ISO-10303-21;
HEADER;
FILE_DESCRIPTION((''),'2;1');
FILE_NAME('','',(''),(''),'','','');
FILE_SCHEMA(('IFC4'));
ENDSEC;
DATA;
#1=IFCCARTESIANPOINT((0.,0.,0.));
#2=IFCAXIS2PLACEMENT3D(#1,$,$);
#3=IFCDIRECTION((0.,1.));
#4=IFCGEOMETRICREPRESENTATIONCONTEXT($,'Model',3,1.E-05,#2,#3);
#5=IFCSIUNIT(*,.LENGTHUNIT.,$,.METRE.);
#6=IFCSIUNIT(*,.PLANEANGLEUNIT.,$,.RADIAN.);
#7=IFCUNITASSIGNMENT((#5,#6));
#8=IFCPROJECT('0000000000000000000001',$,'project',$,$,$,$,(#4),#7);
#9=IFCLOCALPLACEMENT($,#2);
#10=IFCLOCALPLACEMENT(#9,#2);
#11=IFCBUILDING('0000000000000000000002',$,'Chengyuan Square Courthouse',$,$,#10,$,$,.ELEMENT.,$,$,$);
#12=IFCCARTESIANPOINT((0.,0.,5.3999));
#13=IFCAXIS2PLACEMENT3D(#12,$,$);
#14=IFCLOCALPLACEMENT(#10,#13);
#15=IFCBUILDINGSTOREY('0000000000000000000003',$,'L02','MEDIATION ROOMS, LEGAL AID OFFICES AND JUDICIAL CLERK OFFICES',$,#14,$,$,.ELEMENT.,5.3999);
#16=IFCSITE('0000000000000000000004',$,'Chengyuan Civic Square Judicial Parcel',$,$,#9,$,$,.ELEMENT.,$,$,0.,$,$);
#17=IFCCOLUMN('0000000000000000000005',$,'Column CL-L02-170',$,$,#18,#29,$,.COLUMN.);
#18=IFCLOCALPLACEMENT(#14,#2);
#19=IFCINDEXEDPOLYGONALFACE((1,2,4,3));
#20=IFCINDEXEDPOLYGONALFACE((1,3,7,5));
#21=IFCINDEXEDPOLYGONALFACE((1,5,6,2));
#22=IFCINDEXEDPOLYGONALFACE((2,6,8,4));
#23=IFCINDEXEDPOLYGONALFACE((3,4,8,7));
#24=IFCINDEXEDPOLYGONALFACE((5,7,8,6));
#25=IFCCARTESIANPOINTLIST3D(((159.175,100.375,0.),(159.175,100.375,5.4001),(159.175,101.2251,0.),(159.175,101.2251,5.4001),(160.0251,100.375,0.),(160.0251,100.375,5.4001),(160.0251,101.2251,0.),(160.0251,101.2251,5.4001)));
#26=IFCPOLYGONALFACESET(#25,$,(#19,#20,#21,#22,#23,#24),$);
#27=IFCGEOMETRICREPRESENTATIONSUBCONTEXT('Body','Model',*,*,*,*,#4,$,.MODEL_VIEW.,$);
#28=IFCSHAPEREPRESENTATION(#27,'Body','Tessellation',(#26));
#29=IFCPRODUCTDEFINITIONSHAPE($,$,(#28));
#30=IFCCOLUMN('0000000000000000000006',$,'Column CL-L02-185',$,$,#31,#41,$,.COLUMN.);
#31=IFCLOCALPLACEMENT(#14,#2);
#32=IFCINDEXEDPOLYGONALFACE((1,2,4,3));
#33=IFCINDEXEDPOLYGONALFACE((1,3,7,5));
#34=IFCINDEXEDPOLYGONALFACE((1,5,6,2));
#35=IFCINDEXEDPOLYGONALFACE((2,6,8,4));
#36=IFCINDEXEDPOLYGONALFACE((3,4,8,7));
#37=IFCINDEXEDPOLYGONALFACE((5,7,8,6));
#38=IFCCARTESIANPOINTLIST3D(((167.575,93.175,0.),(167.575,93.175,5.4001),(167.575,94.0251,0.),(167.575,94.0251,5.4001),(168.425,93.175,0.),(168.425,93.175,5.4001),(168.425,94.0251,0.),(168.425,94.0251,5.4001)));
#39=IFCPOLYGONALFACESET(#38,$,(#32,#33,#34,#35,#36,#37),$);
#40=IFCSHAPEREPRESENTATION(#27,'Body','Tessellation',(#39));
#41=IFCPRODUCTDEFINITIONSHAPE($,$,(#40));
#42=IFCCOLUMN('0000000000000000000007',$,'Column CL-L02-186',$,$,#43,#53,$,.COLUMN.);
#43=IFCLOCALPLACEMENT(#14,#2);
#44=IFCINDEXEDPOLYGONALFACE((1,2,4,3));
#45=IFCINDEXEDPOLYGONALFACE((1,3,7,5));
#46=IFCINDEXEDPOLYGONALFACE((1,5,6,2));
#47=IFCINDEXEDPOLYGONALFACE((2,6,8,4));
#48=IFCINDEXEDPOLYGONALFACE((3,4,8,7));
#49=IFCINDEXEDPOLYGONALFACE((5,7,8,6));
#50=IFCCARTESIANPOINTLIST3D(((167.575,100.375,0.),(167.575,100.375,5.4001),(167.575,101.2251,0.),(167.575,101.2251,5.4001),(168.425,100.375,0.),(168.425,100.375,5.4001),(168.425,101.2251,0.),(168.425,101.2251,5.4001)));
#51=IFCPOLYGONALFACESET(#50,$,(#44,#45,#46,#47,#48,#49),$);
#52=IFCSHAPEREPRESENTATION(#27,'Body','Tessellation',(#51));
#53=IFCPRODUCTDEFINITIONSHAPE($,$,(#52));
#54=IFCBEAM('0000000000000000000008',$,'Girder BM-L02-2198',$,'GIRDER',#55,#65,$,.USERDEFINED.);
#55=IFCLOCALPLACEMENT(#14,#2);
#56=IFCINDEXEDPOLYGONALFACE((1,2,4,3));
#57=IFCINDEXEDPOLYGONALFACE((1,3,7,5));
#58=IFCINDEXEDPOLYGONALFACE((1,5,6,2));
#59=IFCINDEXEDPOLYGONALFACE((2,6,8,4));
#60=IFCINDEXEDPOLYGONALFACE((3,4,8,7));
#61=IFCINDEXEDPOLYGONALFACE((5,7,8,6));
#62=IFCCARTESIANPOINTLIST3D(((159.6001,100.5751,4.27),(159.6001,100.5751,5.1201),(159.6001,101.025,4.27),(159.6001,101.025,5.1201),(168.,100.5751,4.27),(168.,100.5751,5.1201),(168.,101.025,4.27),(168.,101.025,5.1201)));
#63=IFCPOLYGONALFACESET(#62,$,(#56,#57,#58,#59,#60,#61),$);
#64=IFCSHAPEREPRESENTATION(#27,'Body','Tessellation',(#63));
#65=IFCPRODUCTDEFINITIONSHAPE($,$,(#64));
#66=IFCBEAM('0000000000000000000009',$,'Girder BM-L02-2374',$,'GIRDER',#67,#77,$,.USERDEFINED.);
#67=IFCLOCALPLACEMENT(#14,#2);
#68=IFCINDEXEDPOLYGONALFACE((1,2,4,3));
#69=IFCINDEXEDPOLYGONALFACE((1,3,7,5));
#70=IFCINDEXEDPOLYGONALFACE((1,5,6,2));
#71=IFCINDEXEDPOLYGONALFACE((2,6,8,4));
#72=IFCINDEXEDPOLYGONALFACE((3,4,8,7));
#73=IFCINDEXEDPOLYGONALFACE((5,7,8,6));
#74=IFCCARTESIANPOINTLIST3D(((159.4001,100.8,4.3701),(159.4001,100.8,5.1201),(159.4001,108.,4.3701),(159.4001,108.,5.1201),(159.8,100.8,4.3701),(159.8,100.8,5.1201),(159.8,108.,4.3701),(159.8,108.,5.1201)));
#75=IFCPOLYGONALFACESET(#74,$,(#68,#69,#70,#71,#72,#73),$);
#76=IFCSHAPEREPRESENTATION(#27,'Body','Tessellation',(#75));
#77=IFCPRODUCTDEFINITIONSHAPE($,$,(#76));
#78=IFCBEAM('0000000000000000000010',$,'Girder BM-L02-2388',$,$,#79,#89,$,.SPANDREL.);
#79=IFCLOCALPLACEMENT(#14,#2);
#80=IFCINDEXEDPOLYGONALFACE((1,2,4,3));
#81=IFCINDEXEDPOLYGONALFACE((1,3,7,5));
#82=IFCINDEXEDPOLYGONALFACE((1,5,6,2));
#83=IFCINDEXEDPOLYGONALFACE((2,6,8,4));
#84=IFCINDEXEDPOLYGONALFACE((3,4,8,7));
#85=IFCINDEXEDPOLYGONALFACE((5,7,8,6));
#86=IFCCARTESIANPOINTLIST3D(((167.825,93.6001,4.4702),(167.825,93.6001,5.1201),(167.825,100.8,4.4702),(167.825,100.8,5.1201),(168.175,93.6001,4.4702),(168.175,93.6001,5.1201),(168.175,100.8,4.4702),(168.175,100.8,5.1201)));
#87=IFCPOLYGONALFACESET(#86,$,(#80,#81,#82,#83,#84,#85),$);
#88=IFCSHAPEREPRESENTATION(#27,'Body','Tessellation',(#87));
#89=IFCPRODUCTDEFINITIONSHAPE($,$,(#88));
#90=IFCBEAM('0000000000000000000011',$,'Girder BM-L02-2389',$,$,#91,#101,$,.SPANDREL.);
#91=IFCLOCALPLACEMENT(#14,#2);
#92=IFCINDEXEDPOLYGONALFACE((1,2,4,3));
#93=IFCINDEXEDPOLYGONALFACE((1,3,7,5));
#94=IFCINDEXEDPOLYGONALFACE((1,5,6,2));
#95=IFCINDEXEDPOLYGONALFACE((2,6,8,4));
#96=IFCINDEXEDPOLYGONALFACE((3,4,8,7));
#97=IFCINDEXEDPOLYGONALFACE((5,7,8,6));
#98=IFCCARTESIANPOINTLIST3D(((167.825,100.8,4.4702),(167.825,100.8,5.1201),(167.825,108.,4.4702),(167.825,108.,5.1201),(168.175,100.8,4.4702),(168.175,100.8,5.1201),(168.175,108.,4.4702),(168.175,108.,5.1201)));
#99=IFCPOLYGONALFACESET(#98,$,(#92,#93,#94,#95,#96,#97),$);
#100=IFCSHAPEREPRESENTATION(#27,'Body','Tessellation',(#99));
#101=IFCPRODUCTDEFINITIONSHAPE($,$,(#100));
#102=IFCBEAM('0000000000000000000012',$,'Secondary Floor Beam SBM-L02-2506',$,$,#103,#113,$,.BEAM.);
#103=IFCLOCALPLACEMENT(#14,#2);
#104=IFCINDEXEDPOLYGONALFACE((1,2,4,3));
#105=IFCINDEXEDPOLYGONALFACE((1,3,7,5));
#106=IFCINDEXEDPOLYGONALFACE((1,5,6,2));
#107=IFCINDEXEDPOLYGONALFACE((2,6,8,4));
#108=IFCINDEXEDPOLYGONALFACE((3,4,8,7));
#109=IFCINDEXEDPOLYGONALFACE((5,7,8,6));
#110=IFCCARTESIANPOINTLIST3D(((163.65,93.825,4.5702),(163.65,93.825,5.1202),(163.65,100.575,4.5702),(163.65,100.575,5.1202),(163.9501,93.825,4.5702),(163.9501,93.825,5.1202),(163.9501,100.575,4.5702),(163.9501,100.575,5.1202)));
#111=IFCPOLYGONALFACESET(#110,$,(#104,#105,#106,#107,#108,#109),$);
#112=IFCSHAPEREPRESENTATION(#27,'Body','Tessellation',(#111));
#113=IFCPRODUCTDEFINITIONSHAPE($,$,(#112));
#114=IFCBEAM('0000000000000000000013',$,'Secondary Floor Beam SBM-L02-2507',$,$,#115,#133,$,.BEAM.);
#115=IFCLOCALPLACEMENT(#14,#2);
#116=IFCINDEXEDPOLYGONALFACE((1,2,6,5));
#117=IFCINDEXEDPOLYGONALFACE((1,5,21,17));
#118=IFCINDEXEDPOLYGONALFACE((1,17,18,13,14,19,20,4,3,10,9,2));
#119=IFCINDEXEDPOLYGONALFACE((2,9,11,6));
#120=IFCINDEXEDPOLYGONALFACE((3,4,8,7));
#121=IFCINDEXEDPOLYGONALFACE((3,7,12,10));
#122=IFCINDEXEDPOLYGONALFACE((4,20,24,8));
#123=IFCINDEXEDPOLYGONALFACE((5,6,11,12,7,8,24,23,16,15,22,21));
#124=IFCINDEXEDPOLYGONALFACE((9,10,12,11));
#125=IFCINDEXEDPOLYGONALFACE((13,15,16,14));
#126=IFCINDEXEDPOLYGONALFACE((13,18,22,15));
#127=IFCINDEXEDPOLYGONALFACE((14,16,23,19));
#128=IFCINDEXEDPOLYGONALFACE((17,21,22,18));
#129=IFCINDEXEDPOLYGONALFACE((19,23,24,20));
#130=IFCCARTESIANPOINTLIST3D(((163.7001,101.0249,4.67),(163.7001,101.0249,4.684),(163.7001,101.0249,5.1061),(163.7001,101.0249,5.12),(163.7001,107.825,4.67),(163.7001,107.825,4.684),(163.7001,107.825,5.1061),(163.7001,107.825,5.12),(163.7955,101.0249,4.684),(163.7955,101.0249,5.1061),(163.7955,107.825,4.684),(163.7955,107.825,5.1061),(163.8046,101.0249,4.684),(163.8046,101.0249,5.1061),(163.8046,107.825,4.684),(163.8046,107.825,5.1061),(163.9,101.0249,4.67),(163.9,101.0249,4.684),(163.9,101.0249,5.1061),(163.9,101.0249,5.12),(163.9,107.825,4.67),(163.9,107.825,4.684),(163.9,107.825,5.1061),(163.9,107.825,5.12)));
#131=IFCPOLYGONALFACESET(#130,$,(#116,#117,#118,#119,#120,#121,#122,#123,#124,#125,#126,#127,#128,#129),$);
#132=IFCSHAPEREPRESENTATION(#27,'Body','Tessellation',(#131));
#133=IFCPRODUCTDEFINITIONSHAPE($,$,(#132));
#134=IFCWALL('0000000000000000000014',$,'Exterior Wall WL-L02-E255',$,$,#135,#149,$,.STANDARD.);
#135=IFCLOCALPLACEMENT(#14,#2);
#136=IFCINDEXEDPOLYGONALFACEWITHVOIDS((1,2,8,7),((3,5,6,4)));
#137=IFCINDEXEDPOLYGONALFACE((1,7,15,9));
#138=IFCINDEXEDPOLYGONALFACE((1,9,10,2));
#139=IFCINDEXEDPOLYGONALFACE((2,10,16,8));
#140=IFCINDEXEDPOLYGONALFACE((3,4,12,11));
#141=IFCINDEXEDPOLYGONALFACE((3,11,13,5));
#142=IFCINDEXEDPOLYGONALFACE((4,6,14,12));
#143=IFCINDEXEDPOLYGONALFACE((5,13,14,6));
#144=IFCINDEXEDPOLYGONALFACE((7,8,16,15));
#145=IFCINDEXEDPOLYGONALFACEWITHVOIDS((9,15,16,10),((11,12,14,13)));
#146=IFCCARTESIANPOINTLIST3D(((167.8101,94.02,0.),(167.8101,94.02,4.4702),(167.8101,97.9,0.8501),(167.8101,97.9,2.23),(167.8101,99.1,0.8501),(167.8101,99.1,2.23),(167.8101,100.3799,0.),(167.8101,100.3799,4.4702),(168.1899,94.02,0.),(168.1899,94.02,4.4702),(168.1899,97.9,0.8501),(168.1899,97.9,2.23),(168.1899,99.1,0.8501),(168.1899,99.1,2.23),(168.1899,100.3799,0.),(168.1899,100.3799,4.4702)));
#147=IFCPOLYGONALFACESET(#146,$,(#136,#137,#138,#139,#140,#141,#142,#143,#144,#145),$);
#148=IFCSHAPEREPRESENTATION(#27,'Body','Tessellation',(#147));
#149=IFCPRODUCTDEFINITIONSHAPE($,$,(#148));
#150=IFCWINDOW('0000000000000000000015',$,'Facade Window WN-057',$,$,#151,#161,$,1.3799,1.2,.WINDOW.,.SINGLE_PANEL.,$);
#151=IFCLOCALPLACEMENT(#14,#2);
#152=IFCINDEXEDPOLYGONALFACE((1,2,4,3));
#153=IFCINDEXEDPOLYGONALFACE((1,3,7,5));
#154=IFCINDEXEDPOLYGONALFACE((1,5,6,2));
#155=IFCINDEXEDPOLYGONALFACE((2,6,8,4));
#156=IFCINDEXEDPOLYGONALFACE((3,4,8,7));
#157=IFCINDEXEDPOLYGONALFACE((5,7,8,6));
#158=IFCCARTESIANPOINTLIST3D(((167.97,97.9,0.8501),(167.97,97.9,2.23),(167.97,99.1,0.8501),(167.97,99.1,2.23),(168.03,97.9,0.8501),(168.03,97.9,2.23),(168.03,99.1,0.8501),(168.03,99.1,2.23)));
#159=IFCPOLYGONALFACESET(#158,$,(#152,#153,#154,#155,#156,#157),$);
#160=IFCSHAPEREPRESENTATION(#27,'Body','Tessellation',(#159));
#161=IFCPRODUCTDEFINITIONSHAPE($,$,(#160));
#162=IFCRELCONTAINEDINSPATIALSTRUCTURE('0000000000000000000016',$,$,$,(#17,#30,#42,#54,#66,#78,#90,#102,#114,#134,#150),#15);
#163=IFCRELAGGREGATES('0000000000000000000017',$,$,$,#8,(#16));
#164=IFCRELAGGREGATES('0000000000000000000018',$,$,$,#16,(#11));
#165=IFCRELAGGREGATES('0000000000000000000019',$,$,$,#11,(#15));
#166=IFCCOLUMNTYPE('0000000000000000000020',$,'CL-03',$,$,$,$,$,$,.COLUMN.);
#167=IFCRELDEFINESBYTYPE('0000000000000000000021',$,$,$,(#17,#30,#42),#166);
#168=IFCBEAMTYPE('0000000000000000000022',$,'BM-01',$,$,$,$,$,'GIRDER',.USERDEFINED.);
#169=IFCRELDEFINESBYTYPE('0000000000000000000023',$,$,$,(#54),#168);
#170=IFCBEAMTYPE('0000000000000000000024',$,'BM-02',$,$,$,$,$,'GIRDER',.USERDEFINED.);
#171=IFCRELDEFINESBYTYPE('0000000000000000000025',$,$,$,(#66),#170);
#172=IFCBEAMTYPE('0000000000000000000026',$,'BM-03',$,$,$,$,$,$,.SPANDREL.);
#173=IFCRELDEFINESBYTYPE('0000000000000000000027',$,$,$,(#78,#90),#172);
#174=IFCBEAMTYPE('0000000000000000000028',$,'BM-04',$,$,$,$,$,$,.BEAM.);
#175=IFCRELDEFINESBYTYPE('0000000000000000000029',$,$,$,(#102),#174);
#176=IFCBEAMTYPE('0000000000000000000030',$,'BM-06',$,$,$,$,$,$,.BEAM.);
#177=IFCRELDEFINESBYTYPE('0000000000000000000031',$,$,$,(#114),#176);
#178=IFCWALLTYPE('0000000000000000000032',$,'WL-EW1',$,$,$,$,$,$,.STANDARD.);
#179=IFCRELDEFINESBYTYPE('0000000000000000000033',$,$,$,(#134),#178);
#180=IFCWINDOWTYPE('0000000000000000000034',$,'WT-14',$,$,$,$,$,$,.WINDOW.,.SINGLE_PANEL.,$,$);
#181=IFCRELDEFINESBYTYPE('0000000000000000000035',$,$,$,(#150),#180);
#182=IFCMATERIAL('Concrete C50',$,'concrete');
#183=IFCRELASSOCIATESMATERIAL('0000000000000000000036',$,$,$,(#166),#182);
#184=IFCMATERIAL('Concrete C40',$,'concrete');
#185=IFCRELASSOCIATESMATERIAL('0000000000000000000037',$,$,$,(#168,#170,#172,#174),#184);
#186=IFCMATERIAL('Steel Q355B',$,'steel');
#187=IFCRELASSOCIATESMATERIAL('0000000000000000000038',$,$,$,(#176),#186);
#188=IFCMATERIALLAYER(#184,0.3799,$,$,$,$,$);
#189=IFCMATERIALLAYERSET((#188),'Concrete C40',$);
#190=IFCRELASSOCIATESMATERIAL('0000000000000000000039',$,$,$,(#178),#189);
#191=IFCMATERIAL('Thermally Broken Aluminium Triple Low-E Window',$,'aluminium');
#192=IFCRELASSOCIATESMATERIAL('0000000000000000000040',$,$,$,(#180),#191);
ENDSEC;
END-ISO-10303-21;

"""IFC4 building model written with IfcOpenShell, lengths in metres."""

from ifc_helpers import new_model, si_unit, direction, frame, frame_2d, origin, origin_2d, place, context, subcontext, project, spatial, rectangle, i_section, extrude, material, layer, layer_set, material_profile, profile_set, type_object, element, fill, save


model = new_model("IFC4")

# Units and contexts
model_context = context("Model", 3, precision=1e-05, world=origin(), true_north=direction((0.0, 1.0)))
body_context = subcontext(model_context, "Body", "Model", "MODEL_VIEW")
ifc_project = project(units=[si_unit("LENGTHUNIT", "METRE"), si_unit("PLANEANGLEUNIT", "RADIAN")], contexts=[model_context])

# Site, building, storey
site_placement = place(None, origin())
site = spatial("IfcSite", under=ifc_project, at=site_placement, Name="Chengyuan Civic Square Judicial Parcel", CompositionType="ELEMENT", RefElevation=0.0)
building_placement = place(site_placement, origin())
building = spatial("IfcBuilding", under=site, at=building_placement, Name="Chengyuan Square Courthouse", CompositionType="ELEMENT")
storey_placement = place(building_placement, frame((0.0, 0.0, 5.3999)))
storey = spatial("IfcBuildingStorey", under=building, at=storey_placement, Name="L02", Description="MEDIATION ROOMS, LEGAL AID OFFICES AND JUDICIAL CLERK OFFICES", CompositionType="ELEMENT", Elevation=5.3999)

# Columns
ifc_material_1 = material(Name="Concrete C50", Category="concrete")
ifc_material_profile_1 = material_profile(ifc_material_1, rectangle(XDim=0.8501, YDim=0.8501, at=origin_2d()), Name="RC-COL-850x850")
ifc_profile_set_1 = profile_set([ifc_material_profile_1], Name="Concrete C50")
column_type = type_object("IfcColumnType", Name="CL-03", PredefinedType="COLUMN", material=ifc_profile_set_1)
for number, where, z_axis, x_axis, name in (
    (1, (159.6001, 100.8, 0.0), (0.0, 0.0, 1.0), (1.0, 0.0, 0.0), "Column CL-L02-170"),
    (2, (168.0, 93.6001, 0.0), (0.0, 0.0, 1.0), (1.0, 0.0, 0.0), "Column CL-L02-185"),
    (3, (168.0, 100.8, 0.0), (0.0, 0.0, 1.0), (1.0, 0.0, 0.0), "Column CL-L02-186"),
):
    element("IfcColumn", number, at=place(storey_placement, frame(where, z_axis=z_axis, x_axis=x_axis)), inside=storey, type_object=column_type, Name=name, PredefinedType="COLUMN", context=body_context, shape_type="SweptSolid", body=[
        extrude(rectangle(XDim=0.8501, YDim=0.8501, at=origin_2d()), origin(), (0.0, 0.0, 1.0), 5.4001),
    ])

# Beams
ifc_material_2 = material(Name="Concrete C40", Category="concrete")
ifc_material_profile_2 = material_profile(ifc_material_2, rectangle(XDim=0.45, YDim=0.8501, at=origin_2d()), Name="RC-BM-450x850")
ifc_profile_set_2 = profile_set([ifc_material_profile_2], Name="Concrete C40")
beam_type_1 = type_object("IfcBeamType", Name="BM-01", ElementType="GIRDER", PredefinedType="USERDEFINED", material=ifc_profile_set_2)
beam_1_placement = place(storey_placement, frame((159.6001, 100.8, 4.6951), z_axis=(1.0, 0.0, 0.0), x_axis=(0.0, 1.0, 0.0)))
element("IfcBeam", 4, at=beam_1_placement, inside=storey, type_object=beam_type_1, Name="Girder BM-L02-2198", ObjectType="GIRDER", PredefinedType="USERDEFINED", context=body_context, shape_type="SweptSolid", body=[
    extrude(rectangle(XDim=0.45, YDim=0.8501, at=origin_2d()), origin(), (0.0, 0.0, 1.0), 8.3999),
])
ifc_material_profile_3 = material_profile(ifc_material_2, rectangle(XDim=0.3999, YDim=0.75, at=origin_2d()), Name="RC-BM-400x750")
ifc_profile_set_3 = profile_set([ifc_material_profile_3], Name="Concrete C40")
beam_type_2 = type_object("IfcBeamType", Name="BM-02", ElementType="GIRDER", PredefinedType="USERDEFINED", material=ifc_profile_set_3)
beam_2_placement = place(storey_placement, frame((159.6001, 100.8, 4.7451), z_axis=(0.0, 1.0, 0.0), x_axis=(-1.0, 0.0, 0.0)))
element("IfcBeam", 5, at=beam_2_placement, inside=storey, type_object=beam_type_2, Name="Girder BM-L02-2374", ObjectType="GIRDER", PredefinedType="USERDEFINED", context=body_context, shape_type="SweptSolid", body=[
    extrude(rectangle(XDim=0.3999, YDim=0.75, at=origin_2d()), origin(), (0.0, 0.0, 1.0), 7.2),
])
ifc_material_profile_4 = material_profile(ifc_material_2, rectangle(XDim=0.3501, YDim=0.6499, at=origin_2d()), Name="RC-BM-350x650")
ifc_profile_set_4 = profile_set([ifc_material_profile_4], Name="Concrete C40")
beam_type_3 = type_object("IfcBeamType", Name="BM-03", PredefinedType="SPANDREL", material=ifc_profile_set_4)
for number, where, z_axis, x_axis, name in (
    (6, (168.0, 93.6001, 4.7952), (0.0, 1.0, 0.0), (-1.0, 0.0, 0.0), "Girder BM-L02-2388"),
    (7, (168.0, 100.8, 4.7952), (0.0, 1.0, 0.0), (-1.0, 0.0, 0.0), "Girder BM-L02-2389"),
):
    element("IfcBeam", number, at=place(storey_placement, frame(where, z_axis=z_axis, x_axis=x_axis)), inside=storey, type_object=beam_type_3, Name=name, PredefinedType="SPANDREL", context=body_context, shape_type="SweptSolid", body=[
        extrude(rectangle(XDim=0.3501, YDim=0.6499, at=origin_2d()), origin(), (0.0, 0.0, 1.0), 7.2),
    ])
ifc_material_profile_5 = material_profile(ifc_material_2, rectangle(XDim=0.3, YDim=0.55, at=origin_2d()), Name="RC-BM-300x550")
ifc_profile_set_5 = profile_set([ifc_material_profile_5], Name="Concrete C40")
beam_type_4 = type_object("IfcBeamType", Name="BM-04", PredefinedType="BEAM", material=ifc_profile_set_5)
beam_3_placement = place(storey_placement, frame((163.8, 93.825, 4.8452), z_axis=(0.0, 1.0, 0.0), x_axis=(-1.0, 0.0, 0.0)))
element("IfcBeam", 8, at=beam_3_placement, inside=storey, type_object=beam_type_4, Name="Secondary Floor Beam SBM-L02-2506", PredefinedType="BEAM", context=body_context, shape_type="SweptSolid", body=[
    extrude(rectangle(XDim=0.3, YDim=0.55, at=origin_2d()), origin(), (0.0, 0.0, 1.0), 6.75),
])
ifc_material_3 = material(Name="Steel Q355B", Category="steel")
ifc_material_profile_6 = material_profile(ifc_material_3, i_section(OverallWidth=0.2, OverallDepth=0.45, WebThickness=0.009, FlangeThickness=0.0139, at=origin_2d()), Name="HN 450x200x9x14")
ifc_profile_set_6 = profile_set([ifc_material_profile_6], Name="Steel Q355B")
beam_type_5 = type_object("IfcBeamType", Name="BM-06", PredefinedType="BEAM", material=ifc_profile_set_6)
beam_4_placement = place(storey_placement, frame((163.8, 101.0249, 4.895), z_axis=(0.0, 1.0, 0.0), x_axis=(-1.0, 0.0, 0.0)))
element("IfcBeam", 9, at=beam_4_placement, inside=storey, type_object=beam_type_5, Name="Secondary Floor Beam SBM-L02-2507", PredefinedType="BEAM", context=body_context, shape_type="SweptSolid", body=[
    extrude(i_section(OverallWidth=0.2, OverallDepth=0.45, WebThickness=0.009, FlangeThickness=0.0139, at=origin_2d()), origin(), (0.0, 0.0, 1.0), 6.8),
])

# Wall, opening, window
ifc_layer_1 = layer(ifc_material_2, 0.3799)
ifc_layer_set_1 = layer_set([ifc_layer_1], Name="Concrete C40")
wall_type_1 = type_object("IfcWallType", Name="WL-EW1", PredefinedType="STANDARD", material=ifc_layer_set_1)
wall_1_placement = place(storey_placement, frame((168.0, 94.02, 0.0), z_axis=(0.0, 0.0, 1.0), x_axis=(0.0, 1.0, 0.0)))
wall_1 = element("IfcWall", 10, at=wall_1_placement, inside=storey, type_object=wall_type_1, Name="Exterior Wall WL-L02-E255", PredefinedType="STANDARD", context=body_context, shape_type="SweptSolid", body=[
    extrude(rectangle(XDim=6.3599, YDim=0.3799, at=frame_2d((3.1799, 0.0))), origin(), (0.0, 0.0, 1.0), 4.4702),
])
opening_1_placement = place(wall_1_placement, frame((3.8799, 0.0, 0.8501)))
opening_1 = element("IfcOpeningElement", 11, at=opening_1_placement, cuts=wall_1, PredefinedType="OPENING", context=body_context, shape_type="SweptSolid", body=[
    extrude(rectangle(XDim=1.2, YDim=1.3799, at=frame_2d((0.6001, 0.6899))), frame((0.0, 0.2019, 0.0), z_axis=(0.0, -1.0, 0.0), x_axis=(1.0, 0.0, 0.0)), (0.0, 0.0, 1.0), 0.4038),
])
ifc_material_4 = material(Name="Thermally Broken Aluminium Triple Low-E Window", Category="aluminium")
window_type_1 = type_object("IfcWindowType", Name="WT-14", PartitioningType="SINGLE_PANEL", PredefinedType="WINDOW", material=ifc_material_4)
window_1_placement = place(opening_1_placement, origin())
window_1 = element("IfcWindow", 12, at=window_1_placement, inside=storey, type_object=window_type_1, Name="Facade Window WN-057", OverallHeight=1.3799, OverallWidth=1.2, PartitioningType="SINGLE_PANEL", PredefinedType="WINDOW", context=body_context, shape_type="SweptSolid", body=[
    extrude(rectangle(XDim=1.2, YDim=1.3799, at=frame_2d((0.6001, 0.6899))), frame((0.0, 0.03, 0.0), z_axis=(0.0, -1.0, 0.0), x_axis=(1.0, 0.0, 0.0)), (0.0, 0.0, 1.0), 0.0601),
])
fill(opening_1, window_1)

save(model, "model.ifc")
